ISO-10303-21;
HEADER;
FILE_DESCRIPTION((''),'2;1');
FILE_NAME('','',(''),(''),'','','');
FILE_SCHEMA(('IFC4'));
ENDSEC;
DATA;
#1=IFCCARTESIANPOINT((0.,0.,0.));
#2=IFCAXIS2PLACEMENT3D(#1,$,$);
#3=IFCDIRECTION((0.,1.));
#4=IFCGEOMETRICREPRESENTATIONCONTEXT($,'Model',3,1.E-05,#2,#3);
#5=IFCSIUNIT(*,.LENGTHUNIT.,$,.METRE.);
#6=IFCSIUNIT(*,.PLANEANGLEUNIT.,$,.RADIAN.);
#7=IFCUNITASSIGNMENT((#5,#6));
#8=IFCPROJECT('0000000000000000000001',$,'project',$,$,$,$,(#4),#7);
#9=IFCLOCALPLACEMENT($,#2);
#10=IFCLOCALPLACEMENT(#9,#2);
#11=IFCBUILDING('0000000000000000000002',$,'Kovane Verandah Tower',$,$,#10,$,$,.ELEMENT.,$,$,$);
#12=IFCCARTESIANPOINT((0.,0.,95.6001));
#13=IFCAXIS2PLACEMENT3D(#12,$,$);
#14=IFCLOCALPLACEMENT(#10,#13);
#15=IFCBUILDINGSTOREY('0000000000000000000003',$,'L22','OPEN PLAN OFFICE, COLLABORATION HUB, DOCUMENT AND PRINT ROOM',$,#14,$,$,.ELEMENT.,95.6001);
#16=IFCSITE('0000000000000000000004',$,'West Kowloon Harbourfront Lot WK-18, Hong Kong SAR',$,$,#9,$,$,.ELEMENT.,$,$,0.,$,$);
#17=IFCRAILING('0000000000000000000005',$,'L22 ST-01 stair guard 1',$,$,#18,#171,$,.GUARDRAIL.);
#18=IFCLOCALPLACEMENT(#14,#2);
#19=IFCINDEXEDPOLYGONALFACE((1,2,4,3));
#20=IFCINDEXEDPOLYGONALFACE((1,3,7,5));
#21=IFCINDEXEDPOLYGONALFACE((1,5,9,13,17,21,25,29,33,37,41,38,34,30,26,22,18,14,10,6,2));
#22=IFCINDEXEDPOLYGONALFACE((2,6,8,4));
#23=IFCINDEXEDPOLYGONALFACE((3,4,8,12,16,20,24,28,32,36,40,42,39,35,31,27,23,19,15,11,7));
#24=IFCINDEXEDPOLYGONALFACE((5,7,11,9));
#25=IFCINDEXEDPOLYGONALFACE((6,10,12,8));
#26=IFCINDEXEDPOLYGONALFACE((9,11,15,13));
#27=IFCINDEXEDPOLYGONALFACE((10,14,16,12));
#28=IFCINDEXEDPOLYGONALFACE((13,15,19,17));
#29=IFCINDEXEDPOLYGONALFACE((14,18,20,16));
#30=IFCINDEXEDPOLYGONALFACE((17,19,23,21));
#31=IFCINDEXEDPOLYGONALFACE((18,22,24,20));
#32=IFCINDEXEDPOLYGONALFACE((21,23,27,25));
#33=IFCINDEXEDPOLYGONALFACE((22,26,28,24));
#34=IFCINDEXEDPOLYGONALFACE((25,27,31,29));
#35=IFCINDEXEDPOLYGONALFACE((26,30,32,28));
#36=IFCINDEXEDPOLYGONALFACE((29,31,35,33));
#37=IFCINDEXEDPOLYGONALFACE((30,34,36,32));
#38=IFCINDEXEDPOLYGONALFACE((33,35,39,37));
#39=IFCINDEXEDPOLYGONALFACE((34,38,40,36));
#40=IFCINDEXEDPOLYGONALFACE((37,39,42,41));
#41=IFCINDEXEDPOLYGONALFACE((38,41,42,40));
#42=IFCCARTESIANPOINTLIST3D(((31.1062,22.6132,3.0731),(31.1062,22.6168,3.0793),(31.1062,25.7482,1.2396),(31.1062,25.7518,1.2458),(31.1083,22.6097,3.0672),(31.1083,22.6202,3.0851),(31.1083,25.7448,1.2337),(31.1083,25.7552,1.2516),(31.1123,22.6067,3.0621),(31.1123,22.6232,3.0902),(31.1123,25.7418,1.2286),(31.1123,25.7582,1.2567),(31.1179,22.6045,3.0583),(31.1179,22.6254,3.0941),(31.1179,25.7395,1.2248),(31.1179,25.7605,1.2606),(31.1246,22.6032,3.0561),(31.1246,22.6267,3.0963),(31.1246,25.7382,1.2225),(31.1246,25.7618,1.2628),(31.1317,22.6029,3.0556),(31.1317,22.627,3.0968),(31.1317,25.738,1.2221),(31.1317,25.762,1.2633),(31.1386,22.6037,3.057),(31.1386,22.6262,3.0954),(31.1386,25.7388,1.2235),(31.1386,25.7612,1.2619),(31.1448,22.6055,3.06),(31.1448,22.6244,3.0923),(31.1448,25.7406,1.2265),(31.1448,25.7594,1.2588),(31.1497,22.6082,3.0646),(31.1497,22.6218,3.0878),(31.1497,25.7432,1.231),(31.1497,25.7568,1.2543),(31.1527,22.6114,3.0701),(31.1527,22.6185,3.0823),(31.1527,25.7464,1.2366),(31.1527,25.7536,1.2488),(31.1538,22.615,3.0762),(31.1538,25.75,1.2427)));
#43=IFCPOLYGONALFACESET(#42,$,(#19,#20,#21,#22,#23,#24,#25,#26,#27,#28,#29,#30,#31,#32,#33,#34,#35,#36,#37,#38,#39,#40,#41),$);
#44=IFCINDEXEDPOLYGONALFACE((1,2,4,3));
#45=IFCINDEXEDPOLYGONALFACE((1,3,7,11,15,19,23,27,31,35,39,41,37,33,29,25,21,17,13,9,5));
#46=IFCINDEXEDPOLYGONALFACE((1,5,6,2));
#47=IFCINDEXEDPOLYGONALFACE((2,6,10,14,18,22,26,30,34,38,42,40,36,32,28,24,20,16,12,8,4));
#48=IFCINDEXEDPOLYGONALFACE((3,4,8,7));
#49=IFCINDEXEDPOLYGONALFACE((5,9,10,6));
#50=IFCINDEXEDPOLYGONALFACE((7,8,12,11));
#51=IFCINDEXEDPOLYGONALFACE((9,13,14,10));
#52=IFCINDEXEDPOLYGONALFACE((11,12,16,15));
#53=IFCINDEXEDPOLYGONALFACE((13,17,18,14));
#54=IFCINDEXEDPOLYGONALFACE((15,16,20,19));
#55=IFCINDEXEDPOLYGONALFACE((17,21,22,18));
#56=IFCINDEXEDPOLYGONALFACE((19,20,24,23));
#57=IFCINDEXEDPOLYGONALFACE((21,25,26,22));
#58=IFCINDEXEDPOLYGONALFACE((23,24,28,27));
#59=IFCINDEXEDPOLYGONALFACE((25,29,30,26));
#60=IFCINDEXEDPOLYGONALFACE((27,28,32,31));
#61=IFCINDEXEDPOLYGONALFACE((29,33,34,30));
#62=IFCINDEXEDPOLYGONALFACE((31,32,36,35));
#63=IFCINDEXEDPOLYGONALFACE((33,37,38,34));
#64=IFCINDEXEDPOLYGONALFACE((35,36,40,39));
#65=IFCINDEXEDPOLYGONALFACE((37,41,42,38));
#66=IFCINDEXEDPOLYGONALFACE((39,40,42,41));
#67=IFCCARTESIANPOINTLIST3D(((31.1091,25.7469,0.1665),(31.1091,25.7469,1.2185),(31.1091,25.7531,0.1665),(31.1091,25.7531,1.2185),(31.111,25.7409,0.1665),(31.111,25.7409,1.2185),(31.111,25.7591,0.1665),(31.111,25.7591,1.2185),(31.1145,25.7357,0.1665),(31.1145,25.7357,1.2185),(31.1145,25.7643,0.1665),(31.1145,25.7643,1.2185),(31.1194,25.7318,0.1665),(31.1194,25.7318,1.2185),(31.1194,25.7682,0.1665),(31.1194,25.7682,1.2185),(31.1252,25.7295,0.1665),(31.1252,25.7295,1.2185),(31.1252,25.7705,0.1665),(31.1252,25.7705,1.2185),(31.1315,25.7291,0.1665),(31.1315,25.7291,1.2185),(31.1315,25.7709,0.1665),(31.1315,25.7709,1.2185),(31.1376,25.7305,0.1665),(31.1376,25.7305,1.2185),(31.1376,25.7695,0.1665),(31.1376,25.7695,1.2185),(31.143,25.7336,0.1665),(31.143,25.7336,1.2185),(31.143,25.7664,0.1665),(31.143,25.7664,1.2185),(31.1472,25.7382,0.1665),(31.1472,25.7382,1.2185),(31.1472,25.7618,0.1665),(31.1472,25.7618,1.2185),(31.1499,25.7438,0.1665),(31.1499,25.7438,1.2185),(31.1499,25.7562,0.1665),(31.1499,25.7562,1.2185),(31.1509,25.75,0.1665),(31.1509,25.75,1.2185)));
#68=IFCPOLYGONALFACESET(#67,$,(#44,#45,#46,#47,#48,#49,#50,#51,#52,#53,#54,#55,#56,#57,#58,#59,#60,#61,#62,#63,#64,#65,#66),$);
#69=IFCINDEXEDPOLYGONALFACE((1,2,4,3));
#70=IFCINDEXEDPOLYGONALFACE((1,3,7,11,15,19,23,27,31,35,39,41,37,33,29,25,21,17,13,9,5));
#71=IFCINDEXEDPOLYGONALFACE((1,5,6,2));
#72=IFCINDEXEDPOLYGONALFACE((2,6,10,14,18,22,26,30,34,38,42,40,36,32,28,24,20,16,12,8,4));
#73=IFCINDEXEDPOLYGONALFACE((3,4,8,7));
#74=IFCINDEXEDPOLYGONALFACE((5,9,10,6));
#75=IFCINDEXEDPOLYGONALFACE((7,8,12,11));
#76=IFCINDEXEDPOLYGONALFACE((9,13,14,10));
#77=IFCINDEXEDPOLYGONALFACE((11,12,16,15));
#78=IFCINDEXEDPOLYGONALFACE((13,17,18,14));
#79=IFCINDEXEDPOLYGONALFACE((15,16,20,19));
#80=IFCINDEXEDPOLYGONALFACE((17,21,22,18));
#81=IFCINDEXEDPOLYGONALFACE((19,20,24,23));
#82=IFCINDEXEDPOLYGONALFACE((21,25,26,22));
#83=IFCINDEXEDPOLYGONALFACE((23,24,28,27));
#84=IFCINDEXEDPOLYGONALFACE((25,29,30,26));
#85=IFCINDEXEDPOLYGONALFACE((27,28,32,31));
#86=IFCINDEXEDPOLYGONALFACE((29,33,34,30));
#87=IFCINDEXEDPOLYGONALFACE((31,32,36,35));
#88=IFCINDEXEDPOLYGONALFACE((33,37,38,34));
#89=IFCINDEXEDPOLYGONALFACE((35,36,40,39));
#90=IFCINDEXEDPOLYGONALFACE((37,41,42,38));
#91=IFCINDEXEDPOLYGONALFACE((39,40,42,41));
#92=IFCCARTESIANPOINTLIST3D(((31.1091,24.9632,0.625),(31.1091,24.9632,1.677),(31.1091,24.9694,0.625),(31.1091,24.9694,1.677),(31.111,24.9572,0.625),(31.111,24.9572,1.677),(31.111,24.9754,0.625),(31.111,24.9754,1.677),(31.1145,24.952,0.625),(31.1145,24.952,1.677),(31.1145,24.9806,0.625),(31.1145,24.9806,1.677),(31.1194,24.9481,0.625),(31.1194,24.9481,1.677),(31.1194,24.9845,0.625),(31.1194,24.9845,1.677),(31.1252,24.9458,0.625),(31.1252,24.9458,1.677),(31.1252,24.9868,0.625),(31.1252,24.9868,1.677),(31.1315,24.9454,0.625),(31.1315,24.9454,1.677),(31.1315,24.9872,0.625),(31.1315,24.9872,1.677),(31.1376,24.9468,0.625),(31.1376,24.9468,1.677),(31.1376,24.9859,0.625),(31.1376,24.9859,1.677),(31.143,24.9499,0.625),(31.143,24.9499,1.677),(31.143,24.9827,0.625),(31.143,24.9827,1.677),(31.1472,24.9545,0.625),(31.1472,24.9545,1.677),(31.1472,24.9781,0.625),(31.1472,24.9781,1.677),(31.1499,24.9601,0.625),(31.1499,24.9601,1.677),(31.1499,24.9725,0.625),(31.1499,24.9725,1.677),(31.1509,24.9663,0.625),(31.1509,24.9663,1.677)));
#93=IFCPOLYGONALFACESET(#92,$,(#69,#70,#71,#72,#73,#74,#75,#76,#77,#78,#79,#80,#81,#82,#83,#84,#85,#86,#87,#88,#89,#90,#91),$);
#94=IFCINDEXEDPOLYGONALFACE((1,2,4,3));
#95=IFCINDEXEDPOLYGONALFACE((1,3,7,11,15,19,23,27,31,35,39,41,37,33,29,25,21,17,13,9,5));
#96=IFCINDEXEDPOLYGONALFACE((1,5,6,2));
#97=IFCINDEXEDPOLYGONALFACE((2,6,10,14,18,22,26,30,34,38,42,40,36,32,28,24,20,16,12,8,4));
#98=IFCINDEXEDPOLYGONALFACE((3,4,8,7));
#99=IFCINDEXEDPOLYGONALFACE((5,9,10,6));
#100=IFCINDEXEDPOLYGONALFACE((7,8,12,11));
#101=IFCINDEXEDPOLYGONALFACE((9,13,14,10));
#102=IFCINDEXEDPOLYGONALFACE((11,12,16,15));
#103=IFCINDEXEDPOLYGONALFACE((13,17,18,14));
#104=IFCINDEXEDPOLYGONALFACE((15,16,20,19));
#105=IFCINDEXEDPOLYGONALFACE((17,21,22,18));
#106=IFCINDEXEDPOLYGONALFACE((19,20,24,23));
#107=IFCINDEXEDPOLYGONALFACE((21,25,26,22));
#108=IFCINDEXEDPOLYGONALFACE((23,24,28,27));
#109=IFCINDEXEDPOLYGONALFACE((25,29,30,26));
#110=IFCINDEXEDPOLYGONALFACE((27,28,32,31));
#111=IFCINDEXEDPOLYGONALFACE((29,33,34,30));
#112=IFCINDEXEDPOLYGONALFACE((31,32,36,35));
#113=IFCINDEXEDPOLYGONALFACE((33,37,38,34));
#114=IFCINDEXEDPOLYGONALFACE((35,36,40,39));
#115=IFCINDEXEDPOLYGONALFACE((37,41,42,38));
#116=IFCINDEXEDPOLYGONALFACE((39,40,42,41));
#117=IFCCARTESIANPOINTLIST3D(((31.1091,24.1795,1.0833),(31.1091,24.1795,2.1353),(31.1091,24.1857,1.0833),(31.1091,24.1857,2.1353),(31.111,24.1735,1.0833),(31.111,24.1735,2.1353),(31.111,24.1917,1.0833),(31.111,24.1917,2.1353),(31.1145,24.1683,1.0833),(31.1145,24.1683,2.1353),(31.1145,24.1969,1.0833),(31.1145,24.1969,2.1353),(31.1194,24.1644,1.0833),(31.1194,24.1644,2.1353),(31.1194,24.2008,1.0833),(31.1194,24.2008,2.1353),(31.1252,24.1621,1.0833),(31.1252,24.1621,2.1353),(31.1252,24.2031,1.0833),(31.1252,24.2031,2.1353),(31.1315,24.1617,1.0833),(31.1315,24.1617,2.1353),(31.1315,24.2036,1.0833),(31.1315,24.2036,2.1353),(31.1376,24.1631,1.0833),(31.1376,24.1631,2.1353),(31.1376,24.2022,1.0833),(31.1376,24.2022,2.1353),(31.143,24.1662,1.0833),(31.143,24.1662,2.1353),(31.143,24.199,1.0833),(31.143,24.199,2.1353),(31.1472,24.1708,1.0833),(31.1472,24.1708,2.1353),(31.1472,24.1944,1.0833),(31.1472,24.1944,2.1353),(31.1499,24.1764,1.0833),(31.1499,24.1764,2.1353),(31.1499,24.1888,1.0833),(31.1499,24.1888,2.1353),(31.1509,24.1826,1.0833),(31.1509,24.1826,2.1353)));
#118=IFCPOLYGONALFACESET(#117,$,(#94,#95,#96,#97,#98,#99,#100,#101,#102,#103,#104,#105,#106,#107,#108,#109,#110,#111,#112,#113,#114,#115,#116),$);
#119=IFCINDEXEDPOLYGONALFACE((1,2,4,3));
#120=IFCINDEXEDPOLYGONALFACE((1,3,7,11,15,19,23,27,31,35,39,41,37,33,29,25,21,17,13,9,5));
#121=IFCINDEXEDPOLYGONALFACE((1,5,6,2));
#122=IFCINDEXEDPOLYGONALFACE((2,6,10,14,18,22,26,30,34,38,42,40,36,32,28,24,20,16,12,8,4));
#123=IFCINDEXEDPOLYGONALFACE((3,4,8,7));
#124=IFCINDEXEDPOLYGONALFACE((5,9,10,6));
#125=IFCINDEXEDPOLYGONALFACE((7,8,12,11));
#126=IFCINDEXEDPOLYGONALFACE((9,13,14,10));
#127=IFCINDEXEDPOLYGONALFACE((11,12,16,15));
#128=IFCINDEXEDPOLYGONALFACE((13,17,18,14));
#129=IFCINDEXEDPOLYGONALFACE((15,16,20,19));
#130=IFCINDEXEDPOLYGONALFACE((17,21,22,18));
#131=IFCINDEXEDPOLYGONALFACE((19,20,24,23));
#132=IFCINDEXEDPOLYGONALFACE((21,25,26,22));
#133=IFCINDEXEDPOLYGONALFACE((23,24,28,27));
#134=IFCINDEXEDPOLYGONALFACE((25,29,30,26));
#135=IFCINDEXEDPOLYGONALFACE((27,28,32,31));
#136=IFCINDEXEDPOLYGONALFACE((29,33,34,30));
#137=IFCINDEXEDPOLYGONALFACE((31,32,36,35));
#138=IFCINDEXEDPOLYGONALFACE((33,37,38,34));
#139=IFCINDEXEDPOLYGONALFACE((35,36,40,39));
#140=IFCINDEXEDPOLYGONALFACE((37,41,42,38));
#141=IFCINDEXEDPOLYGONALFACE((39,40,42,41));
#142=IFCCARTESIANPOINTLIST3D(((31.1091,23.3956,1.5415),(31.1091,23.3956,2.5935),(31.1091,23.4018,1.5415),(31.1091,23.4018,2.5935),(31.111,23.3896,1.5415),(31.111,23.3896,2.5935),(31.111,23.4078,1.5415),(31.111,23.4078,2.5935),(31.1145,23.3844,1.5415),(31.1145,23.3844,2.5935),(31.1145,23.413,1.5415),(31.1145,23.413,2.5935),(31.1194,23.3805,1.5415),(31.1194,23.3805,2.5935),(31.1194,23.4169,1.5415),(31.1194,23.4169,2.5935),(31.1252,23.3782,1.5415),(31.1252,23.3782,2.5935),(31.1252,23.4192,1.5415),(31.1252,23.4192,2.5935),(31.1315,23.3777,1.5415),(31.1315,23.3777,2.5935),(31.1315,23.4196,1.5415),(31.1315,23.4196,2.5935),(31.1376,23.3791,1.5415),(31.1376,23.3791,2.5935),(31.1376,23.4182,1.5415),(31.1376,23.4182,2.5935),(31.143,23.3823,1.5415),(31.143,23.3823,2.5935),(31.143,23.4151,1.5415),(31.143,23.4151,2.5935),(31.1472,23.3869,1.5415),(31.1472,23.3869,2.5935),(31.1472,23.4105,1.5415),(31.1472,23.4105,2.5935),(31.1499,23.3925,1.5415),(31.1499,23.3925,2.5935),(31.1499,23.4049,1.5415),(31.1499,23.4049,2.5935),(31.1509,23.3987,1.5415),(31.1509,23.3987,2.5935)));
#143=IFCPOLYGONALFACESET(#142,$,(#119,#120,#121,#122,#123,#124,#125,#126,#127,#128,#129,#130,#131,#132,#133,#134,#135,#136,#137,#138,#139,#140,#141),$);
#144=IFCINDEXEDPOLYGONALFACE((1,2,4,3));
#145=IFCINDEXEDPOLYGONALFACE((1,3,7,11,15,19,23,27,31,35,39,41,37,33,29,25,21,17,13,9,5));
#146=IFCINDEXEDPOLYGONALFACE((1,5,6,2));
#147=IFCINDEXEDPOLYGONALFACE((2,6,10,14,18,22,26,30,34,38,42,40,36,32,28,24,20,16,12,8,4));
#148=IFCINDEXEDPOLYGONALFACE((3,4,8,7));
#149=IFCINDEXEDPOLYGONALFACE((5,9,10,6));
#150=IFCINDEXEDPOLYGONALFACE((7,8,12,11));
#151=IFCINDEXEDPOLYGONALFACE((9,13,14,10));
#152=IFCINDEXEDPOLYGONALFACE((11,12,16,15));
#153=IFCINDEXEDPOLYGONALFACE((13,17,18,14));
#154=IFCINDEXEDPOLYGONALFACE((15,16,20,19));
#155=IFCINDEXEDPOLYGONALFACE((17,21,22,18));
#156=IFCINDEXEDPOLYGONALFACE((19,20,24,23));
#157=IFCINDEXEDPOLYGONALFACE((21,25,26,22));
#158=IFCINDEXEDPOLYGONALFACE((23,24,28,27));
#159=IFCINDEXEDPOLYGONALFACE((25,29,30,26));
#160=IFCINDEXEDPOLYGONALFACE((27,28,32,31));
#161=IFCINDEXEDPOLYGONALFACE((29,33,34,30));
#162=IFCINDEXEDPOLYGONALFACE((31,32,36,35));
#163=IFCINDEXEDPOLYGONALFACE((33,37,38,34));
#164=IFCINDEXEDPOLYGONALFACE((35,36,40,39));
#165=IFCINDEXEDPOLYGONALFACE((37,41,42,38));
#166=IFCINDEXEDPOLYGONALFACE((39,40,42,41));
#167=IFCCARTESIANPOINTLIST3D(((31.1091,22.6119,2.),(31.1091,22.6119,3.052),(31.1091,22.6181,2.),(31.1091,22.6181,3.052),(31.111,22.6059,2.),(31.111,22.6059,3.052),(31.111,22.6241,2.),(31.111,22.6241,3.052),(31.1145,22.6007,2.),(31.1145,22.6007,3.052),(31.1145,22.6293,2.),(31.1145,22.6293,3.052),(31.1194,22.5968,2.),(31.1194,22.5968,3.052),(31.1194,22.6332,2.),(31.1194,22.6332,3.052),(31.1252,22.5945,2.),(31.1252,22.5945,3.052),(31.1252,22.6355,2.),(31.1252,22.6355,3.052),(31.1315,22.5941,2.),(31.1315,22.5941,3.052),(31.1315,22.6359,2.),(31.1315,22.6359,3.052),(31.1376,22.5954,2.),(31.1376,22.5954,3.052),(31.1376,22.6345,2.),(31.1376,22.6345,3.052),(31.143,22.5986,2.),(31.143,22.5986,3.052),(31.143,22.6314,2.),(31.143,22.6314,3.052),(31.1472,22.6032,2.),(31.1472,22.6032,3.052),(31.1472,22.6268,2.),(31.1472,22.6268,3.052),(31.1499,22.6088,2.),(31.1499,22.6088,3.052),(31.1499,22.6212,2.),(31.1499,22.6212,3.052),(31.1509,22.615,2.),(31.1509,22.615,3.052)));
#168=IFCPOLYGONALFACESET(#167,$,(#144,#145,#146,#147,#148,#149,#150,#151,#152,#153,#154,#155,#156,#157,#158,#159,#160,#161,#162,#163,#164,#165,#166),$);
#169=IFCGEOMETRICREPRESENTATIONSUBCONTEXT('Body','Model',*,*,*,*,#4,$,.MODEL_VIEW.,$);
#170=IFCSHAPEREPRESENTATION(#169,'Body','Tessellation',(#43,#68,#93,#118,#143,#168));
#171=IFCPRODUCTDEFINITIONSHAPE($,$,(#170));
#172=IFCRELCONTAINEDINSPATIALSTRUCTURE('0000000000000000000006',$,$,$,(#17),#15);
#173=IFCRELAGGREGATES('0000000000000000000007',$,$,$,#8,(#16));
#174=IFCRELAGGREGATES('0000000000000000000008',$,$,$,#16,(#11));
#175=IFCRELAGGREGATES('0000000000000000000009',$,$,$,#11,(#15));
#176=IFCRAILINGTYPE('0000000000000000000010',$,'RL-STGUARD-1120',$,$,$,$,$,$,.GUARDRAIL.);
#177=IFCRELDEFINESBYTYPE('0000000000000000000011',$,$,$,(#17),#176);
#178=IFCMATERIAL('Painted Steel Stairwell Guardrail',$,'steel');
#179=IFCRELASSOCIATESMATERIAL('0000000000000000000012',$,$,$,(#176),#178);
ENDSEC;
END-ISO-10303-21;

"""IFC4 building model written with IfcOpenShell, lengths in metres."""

from ifc_helpers import new_model, si_unit, direction, frame, origin, origin_2d, place, context, subcontext, project, spatial, circle, extrude, material, type_object, element, save


model = new_model("IFC4")

# Units and contexts
model_context = context("Model", 3, precision=1e-05, world=origin(), true_north=direction((0.0, 1.0)))
body_context = subcontext(model_context, "Body", "Model", "MODEL_VIEW")
ifc_project = project(units=[si_unit("LENGTHUNIT", "METRE"), si_unit("PLANEANGLEUNIT", "RADIAN")], contexts=[model_context])

# Site, building, storey
site_placement = place(None, origin())
site = spatial("IfcSite", under=ifc_project, at=site_placement, Name="West Kowloon Harbourfront Lot WK-18, Hong Kong SAR", CompositionType="ELEMENT", RefElevation=0.0)
building_placement = place(site_placement, origin())
building = spatial("IfcBuilding", under=site, at=building_placement, Name="Kovane Verandah Tower", CompositionType="ELEMENT")
storey_placement = place(building_placement, frame((0.0, 0.0, 95.6001)))
storey = spatial("IfcBuildingStorey", under=building, at=storey_placement, Name="L22", Description="OPEN PLAN OFFICE, COLLABORATION HUB, DOCUMENT AND PRINT ROOM", CompositionType="ELEMENT", Elevation=95.6001)

# Railing
ifc_material_1 = material(Name="Painted Steel Stairwell Guardrail", Category="steel")
railing_type_1 = type_object("IfcRailingType", Name="RL-STGUARD-1120", PredefinedType="GUARDRAIL", material=ifc_material_1)
railing_1_placement = place(storey_placement, frame((31.1299, 25.75, 0.1665)))
element("IfcRailing", 1, at=railing_1_placement, inside=storey, type_object=railing_type_1, Name="L22 ST-01 stair guard 1", PredefinedType="GUARDRAIL", context=body_context, shape_type="SweptSolid", body=[
    extrude(circle(Radius=0.0239, at=origin_2d()), frame((0.0, 0.0, 1.0762), z_axis=(0.0, -0.86321, 0.504845), x_axis=(1.0, 0.0, 0.0)), (0.0, 0.0, 1.0), 3.6318),
    extrude(circle(Radius=0.021, at=origin_2d()), origin(), (0.0, 0.0, 1.0), 1.052),
    extrude(circle(Radius=0.021, at=origin_2d()), frame((0.0, -0.7837, 0.4585)), (0.0, 0.0, 1.0), 1.052),
    extrude(circle(Radius=0.021, at=origin_2d()), frame((0.0, -1.5674, 0.9167)), (0.0, 0.0, 1.0), 1.052),
    extrude(circle(Radius=0.021, at=origin_2d()), frame((0.0, -2.3513, 1.375)), (0.0, 0.0, 1.0), 1.052),
    extrude(circle(Radius=0.021, at=origin_2d()), frame((0.0, -3.135, 1.8335)), (0.0, 0.0, 1.0), 1.052),
])

save(model, "model.ifc")
